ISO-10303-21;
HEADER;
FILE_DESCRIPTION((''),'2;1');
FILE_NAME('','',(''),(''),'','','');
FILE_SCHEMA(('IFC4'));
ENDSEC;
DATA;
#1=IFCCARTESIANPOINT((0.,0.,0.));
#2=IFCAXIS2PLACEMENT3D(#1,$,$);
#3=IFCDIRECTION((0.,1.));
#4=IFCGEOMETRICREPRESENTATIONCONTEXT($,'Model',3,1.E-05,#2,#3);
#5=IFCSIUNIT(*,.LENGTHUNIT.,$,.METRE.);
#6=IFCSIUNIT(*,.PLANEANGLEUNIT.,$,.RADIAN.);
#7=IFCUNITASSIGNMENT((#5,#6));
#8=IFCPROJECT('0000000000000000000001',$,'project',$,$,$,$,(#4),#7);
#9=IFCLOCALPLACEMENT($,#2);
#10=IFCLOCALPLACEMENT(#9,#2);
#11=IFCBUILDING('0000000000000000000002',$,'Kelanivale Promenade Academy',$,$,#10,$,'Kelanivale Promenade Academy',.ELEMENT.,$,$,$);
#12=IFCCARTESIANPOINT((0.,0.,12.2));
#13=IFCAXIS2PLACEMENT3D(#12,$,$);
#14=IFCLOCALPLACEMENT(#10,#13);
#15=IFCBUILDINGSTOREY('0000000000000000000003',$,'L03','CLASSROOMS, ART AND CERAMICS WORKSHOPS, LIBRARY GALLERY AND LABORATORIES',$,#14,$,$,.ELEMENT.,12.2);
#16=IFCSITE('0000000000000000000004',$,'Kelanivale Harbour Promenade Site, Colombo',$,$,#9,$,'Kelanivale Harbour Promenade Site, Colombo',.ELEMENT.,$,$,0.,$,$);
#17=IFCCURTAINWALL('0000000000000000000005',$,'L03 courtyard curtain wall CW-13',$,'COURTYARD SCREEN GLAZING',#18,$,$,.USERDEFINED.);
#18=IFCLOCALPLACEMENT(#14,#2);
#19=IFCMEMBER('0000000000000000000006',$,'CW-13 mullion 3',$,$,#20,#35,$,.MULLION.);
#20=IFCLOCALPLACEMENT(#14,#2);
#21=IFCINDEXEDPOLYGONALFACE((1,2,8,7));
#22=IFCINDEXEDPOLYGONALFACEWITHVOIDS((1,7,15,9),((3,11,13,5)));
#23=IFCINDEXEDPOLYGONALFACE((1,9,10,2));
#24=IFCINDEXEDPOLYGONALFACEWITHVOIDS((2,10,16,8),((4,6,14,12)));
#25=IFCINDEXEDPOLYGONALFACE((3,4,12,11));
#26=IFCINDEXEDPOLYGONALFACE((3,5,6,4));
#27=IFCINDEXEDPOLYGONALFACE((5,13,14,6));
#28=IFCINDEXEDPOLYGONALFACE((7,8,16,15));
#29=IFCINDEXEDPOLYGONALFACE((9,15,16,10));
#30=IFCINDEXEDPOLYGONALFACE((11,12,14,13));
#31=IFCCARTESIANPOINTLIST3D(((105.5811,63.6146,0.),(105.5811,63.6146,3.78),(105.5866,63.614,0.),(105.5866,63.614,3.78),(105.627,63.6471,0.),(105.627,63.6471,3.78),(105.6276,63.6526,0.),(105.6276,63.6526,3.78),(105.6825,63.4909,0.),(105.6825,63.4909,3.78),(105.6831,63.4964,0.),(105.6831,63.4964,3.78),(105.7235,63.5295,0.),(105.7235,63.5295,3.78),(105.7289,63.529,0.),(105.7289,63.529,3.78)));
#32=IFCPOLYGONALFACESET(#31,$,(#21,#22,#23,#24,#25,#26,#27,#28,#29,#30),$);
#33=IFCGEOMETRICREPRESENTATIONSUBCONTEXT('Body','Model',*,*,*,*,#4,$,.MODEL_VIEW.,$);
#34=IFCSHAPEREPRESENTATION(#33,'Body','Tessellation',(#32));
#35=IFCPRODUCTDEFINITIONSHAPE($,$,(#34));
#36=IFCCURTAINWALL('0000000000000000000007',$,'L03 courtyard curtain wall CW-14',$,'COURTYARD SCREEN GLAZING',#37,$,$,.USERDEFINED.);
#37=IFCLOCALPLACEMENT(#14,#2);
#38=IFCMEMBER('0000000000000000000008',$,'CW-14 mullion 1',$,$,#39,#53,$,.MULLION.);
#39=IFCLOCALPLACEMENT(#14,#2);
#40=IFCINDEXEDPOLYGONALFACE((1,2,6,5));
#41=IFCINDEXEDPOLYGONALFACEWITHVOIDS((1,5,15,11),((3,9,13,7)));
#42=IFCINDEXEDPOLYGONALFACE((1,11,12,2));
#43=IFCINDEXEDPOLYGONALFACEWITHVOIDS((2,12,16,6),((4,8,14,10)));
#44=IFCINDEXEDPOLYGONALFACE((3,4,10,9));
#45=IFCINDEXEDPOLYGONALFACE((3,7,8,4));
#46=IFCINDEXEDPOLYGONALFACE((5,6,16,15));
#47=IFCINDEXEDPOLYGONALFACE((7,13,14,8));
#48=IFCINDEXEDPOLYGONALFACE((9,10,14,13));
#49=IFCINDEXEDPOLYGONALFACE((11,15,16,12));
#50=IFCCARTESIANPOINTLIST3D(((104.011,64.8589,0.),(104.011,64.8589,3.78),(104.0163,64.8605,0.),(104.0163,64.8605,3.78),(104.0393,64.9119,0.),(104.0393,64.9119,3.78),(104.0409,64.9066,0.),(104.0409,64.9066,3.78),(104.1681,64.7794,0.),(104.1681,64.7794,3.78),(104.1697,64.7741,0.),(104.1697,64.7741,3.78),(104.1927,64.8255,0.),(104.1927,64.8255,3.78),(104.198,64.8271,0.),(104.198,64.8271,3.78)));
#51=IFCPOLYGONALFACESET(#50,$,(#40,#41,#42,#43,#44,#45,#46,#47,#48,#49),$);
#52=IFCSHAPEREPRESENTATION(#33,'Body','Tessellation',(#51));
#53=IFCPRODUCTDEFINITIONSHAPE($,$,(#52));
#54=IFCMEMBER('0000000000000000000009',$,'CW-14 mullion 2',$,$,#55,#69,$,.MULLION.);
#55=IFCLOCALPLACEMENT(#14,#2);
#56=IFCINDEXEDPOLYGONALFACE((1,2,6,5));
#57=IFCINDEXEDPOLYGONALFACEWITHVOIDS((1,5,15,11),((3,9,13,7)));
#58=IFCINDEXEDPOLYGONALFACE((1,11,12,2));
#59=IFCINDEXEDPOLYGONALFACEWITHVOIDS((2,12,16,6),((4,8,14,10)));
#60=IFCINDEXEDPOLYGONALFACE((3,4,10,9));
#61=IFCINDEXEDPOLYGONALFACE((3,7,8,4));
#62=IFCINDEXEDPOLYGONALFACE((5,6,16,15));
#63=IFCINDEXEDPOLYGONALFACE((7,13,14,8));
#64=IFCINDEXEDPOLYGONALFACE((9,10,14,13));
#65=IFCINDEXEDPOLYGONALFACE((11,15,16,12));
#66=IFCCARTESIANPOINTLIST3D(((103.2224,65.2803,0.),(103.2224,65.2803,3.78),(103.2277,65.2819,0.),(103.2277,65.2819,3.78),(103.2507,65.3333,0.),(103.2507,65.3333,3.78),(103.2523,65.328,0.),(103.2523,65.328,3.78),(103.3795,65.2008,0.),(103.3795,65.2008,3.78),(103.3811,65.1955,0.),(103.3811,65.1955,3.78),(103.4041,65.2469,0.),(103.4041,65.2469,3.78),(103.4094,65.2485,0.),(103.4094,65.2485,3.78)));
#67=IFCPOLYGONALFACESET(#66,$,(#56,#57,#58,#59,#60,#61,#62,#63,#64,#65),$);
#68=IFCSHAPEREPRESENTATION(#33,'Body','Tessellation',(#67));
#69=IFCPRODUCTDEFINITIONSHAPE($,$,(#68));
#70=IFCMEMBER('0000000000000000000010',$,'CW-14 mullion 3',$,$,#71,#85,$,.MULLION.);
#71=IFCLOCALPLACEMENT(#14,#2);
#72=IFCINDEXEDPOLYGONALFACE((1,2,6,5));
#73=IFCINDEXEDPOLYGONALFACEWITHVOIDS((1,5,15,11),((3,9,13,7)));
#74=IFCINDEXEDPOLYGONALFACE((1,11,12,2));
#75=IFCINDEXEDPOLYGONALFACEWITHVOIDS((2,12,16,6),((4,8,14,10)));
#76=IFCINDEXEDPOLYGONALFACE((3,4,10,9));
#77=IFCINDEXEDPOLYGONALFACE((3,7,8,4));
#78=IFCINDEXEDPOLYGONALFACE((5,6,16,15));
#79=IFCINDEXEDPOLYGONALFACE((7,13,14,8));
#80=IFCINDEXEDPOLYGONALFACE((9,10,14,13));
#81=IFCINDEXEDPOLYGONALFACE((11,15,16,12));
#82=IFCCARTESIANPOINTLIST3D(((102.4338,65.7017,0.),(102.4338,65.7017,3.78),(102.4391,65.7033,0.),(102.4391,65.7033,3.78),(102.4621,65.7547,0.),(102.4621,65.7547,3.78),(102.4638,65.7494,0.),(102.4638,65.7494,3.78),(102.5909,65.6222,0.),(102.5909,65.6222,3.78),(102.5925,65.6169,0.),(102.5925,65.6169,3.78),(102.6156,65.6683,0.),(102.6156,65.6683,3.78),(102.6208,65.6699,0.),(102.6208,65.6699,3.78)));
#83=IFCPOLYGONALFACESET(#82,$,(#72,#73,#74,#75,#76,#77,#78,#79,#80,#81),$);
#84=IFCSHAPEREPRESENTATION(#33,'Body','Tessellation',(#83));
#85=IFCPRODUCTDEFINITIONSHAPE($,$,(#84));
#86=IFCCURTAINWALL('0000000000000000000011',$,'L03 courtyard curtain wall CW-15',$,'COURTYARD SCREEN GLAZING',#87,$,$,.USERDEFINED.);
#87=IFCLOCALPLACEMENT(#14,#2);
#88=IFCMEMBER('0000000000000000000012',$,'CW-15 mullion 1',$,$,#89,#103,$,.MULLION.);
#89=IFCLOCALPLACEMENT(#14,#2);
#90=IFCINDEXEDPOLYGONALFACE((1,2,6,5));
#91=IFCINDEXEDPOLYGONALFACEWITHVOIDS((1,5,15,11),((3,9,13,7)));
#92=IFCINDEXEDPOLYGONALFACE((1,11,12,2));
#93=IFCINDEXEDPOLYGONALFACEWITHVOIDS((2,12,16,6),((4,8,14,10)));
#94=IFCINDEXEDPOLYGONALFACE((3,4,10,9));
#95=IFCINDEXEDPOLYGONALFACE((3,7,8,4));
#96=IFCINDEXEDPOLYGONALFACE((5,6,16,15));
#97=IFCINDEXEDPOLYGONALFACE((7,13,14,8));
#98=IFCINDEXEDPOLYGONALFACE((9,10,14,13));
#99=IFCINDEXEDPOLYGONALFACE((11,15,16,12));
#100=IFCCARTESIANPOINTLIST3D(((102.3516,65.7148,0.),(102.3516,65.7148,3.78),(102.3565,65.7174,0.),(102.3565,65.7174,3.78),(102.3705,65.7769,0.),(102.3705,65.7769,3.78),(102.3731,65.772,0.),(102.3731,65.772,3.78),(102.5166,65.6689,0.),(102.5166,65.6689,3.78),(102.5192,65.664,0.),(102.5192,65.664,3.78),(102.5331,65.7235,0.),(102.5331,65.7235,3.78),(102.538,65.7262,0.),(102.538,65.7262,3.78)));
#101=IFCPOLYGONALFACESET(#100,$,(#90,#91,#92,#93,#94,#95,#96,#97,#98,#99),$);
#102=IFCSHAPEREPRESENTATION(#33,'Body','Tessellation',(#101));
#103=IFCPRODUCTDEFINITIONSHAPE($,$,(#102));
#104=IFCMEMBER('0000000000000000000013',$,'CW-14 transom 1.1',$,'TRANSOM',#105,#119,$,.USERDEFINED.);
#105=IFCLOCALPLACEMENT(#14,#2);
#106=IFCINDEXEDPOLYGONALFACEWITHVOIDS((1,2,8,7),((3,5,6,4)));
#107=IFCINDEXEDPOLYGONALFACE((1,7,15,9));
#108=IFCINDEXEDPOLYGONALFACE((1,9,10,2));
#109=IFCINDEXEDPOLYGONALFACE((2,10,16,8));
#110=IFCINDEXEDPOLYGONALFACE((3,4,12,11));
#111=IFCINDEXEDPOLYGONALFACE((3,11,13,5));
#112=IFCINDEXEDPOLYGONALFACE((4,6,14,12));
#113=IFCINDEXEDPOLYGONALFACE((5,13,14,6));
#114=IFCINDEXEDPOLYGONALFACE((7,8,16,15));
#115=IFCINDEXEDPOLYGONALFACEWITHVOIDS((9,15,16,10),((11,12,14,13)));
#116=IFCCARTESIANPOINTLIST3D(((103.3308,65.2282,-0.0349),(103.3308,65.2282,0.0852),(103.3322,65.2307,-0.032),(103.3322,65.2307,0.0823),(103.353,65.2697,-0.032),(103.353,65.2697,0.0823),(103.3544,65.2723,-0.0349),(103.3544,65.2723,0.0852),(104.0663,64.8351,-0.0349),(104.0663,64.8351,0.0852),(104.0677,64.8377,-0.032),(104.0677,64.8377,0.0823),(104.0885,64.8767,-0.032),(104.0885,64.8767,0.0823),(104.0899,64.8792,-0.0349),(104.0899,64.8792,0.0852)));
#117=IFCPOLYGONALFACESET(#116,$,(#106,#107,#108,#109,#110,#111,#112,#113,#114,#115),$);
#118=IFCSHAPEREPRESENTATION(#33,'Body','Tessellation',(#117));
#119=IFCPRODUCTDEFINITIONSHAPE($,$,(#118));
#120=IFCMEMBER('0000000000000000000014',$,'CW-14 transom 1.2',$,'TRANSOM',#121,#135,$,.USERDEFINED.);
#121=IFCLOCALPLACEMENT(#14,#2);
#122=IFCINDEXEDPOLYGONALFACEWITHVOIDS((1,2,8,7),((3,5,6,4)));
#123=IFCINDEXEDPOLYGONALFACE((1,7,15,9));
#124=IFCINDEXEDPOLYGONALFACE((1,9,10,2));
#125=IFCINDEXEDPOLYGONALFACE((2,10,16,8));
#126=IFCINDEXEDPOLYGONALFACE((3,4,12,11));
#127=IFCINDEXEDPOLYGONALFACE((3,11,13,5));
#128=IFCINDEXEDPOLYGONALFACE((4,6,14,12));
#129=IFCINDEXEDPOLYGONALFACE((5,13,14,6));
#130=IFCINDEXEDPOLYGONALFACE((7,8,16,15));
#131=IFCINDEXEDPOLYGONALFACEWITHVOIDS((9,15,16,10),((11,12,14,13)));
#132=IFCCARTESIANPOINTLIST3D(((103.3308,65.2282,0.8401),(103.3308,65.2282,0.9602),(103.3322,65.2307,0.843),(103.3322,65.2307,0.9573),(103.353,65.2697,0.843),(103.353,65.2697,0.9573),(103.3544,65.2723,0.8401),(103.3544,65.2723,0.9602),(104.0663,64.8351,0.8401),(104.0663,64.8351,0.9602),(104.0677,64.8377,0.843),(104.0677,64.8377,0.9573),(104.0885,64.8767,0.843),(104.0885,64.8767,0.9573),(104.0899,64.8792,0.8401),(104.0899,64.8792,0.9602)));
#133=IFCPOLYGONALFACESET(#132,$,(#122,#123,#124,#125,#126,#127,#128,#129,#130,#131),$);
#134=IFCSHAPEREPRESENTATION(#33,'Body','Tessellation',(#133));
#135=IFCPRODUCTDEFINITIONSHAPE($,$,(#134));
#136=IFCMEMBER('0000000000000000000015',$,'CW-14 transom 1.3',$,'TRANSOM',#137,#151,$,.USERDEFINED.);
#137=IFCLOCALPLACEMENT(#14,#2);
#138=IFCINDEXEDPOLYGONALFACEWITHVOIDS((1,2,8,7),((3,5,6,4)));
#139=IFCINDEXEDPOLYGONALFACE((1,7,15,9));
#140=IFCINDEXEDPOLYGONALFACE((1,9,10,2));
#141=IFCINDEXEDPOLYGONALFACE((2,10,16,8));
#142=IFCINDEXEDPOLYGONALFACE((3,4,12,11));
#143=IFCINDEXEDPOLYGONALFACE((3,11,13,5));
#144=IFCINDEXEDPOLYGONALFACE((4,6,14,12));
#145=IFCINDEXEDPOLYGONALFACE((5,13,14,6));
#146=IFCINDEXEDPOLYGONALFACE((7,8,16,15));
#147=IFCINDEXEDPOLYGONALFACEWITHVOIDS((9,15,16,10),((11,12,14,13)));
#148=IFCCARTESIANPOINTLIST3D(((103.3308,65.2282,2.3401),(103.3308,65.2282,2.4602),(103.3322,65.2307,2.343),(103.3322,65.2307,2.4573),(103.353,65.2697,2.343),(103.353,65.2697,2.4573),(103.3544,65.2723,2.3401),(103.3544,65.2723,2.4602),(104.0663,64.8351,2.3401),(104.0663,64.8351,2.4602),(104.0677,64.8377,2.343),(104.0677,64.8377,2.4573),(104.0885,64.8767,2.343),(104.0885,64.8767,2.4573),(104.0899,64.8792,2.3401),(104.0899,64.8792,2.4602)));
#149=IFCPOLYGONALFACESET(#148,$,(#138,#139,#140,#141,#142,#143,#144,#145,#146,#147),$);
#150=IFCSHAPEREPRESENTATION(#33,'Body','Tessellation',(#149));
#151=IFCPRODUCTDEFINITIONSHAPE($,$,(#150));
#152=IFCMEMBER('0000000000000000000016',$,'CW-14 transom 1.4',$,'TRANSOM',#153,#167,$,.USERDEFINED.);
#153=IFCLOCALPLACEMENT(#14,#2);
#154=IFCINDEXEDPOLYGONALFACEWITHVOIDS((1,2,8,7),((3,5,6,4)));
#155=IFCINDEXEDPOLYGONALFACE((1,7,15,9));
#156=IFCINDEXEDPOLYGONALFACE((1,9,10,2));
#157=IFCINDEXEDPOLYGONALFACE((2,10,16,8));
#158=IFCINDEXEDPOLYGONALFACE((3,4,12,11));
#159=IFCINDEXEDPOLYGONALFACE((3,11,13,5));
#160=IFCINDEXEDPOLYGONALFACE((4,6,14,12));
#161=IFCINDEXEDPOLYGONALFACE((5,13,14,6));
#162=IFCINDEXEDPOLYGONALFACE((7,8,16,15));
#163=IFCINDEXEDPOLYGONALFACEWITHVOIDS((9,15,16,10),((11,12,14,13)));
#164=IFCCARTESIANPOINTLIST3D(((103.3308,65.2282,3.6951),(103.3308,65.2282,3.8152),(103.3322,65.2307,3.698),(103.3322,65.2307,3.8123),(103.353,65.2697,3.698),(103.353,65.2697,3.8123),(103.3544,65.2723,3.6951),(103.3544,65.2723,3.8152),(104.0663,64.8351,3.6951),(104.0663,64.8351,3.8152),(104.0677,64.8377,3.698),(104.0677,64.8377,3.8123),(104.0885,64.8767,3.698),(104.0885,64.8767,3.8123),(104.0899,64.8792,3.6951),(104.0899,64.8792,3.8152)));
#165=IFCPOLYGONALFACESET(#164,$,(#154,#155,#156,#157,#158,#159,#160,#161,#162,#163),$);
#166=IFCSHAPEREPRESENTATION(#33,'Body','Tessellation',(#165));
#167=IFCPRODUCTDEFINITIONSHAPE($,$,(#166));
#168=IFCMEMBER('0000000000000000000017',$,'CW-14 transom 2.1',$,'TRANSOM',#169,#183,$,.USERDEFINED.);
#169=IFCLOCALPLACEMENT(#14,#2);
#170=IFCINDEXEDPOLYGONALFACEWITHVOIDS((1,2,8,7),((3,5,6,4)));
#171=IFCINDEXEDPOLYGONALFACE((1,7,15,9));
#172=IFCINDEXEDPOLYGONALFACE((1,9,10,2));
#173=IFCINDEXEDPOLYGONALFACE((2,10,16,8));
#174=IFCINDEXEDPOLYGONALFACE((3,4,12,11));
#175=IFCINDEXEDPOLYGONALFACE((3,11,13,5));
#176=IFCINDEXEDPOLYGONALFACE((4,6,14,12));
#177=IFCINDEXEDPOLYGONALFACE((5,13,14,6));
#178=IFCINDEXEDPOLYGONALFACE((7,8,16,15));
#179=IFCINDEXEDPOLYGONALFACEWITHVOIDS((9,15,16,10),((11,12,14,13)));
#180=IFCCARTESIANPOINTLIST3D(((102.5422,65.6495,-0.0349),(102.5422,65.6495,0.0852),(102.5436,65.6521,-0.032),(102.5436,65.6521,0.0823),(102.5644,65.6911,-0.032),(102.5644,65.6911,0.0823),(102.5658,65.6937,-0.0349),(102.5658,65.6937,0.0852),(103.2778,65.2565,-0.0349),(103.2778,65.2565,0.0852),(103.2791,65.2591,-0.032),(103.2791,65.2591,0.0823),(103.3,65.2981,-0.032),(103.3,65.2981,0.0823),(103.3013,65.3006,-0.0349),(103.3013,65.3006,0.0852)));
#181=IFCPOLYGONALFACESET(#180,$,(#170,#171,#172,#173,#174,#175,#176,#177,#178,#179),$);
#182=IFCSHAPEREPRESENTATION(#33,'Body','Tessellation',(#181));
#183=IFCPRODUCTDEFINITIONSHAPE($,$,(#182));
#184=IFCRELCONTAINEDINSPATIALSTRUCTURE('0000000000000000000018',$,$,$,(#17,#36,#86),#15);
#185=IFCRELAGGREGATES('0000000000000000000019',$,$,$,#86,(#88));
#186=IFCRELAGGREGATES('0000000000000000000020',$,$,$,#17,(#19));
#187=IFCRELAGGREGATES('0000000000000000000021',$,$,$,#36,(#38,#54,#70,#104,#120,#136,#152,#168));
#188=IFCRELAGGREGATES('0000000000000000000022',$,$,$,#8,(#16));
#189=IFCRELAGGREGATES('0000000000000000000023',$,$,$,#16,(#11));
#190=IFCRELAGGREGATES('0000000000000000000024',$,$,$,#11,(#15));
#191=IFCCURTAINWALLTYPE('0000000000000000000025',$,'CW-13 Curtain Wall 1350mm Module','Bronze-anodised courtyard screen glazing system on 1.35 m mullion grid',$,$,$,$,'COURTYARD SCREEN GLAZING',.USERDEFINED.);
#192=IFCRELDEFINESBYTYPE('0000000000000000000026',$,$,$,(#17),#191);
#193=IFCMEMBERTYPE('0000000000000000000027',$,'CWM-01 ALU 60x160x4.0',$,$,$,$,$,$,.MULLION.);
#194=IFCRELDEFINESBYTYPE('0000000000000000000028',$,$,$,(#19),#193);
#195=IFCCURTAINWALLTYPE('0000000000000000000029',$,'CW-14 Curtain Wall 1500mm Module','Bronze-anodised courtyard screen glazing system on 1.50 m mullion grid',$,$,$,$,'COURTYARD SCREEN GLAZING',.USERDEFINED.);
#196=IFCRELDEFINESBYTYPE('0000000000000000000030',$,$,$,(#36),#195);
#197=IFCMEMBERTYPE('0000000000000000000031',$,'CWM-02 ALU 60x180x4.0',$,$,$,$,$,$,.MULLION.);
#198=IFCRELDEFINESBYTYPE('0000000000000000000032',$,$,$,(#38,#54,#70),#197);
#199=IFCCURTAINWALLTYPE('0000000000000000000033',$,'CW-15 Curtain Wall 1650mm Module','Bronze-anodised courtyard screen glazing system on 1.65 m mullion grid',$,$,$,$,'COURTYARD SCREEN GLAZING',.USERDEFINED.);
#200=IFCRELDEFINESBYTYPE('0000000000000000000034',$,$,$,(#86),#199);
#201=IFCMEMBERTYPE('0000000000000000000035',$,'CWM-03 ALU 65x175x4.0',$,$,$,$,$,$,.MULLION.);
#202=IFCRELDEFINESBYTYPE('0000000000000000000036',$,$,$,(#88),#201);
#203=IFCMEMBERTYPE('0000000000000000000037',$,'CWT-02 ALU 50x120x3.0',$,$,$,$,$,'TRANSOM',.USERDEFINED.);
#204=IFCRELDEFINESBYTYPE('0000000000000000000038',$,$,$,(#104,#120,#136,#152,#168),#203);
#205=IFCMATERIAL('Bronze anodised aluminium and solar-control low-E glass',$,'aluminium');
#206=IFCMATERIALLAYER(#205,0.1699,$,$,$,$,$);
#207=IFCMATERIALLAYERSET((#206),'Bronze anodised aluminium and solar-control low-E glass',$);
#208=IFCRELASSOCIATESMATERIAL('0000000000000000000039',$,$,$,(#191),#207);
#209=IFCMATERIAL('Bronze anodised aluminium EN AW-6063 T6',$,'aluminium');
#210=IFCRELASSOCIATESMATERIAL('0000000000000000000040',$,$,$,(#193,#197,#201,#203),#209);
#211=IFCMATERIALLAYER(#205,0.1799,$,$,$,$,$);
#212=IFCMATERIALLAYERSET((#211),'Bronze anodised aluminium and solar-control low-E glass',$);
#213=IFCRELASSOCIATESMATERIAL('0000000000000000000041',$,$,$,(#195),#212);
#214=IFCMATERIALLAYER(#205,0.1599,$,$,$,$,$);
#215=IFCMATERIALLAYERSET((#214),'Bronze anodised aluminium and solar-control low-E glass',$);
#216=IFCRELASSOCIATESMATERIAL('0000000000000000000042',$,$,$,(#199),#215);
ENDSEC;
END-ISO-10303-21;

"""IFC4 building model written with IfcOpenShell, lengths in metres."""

from ifc_helpers import new_model, si_unit, direction, frame, origin, origin_2d, place, context, subcontext, project, spatial, hollow_rectangle, extrude, material, layer, layer_set, material_profile, profile_set, type_object, element, aggregate, save


model = new_model("IFC4")

# Units and contexts
model_context = context("Model", 3, precision=1e-05, world=origin(), true_north=direction((0.0, 1.0)))
body_context = subcontext(model_context, "Body", "Model", "MODEL_VIEW")
ifc_project = project(units=[si_unit("LENGTHUNIT", "METRE"), si_unit("PLANEANGLEUNIT", "RADIAN")], contexts=[model_context])

# Site, building, storey
site_placement = place(None, origin())
site = spatial("IfcSite", under=ifc_project, at=site_placement, Name="Kelanivale Harbour Promenade Site, Colombo", LongName="Kelanivale Harbour Promenade Site, Colombo", CompositionType="ELEMENT", RefElevation=0.0)
building_placement = place(site_placement, origin())
building = spatial("IfcBuilding", under=site, at=building_placement, Name="Kelanivale Promenade Academy", LongName="Kelanivale Promenade Academy", CompositionType="ELEMENT")
storey_placement = place(building_placement, frame((0.0, 0.0, 12.2)))
storey = spatial("IfcBuildingStorey", under=building, at=storey_placement, Name="L03", Description="CLASSROOMS, ART AND CERAMICS WORKSHOPS, LIBRARY GALLERY AND LABORATORIES", CompositionType="ELEMENT", Elevation=12.2)

# Curtain wall, member
ifc_material_1 = material(Name="Bronze anodised aluminium and solar-control low-E glass", Category="aluminium")
ifc_layer_1 = layer(ifc_material_1, 0.1699)
ifc_layer_set_1 = layer_set([ifc_layer_1], Name="Bronze anodised aluminium and solar-control low-E glass")
curtain_wall_type_1 = type_object("IfcCurtainWallType", Name="CW-13 Curtain Wall 1350mm Module", Description="Bronze-anodised courtyard screen glazing system on 1.35 m mullion grid", ElementType="COURTYARD SCREEN GLAZING", PredefinedType="USERDEFINED", material=ifc_layer_set_1)
curtain_wall_1_placement = place(storey_placement, origin())
curtain_wall_1 = element("IfcCurtainWall", 1, at=curtain_wall_1_placement, inside=storey, type_object=curtain_wall_type_1, Name="L03 courtyard curtain wall CW-13", ObjectType="COURTYARD SCREEN GLAZING", PredefinedType="USERDEFINED")
ifc_material_2 = material(Name="Bronze anodised aluminium EN AW-6063 T6", Category="aluminium")
ifc_material_profile_1 = material_profile(ifc_material_2, hollow_rectangle(XDim=0.0601, YDim=0.1599, WallThickness=0.0039, at=origin_2d()), Name="ALU 60x160x4.0")
ifc_profile_set_1 = profile_set([ifc_material_profile_1], Name="Bronze anodised aluminium EN AW-6063 T6")
member_type_1 = type_object("IfcMemberType", Name="CWM-01 ALU 60x160x4.0", PredefinedType="MULLION", material=ifc_profile_set_1)
member_1_placement = place(storey_placement, frame((105.655, 63.5718, 0.0), z_axis=(0.0, 0.0, 1.0), x_axis=(-0.773257, -0.634093, 0.0)))
member_1 = element("IfcMember", 2, at=member_1_placement, type_object=member_type_1, Name="CW-13 mullion 3", PredefinedType="MULLION", context=body_context, shape_type="SweptSolid", body=[
    extrude(hollow_rectangle(XDim=0.0601, YDim=0.1599, WallThickness=0.0039, at=origin_2d()), origin(), (0.0, 0.0, 1.0), 3.78),
])

# Curtain wall, members
ifc_layer_2 = layer(ifc_material_1, 0.1799)
ifc_layer_set_2 = layer_set([ifc_layer_2], Name="Bronze anodised aluminium and solar-control low-E glass")
curtain_wall_type_2 = type_object("IfcCurtainWallType", Name="CW-14 Curtain Wall 1500mm Module", Description="Bronze-anodised courtyard screen glazing system on 1.50 m mullion grid", ElementType="COURTYARD SCREEN GLAZING", PredefinedType="USERDEFINED", material=ifc_layer_set_2)
curtain_wall_2_placement = place(storey_placement, origin())
curtain_wall_2 = element("IfcCurtainWall", 3, at=curtain_wall_2_placement, inside=storey, type_object=curtain_wall_type_2, Name="L03 courtyard curtain wall CW-14", ObjectType="COURTYARD SCREEN GLAZING", PredefinedType="USERDEFINED")
ifc_material_profile_2 = material_profile(ifc_material_2, hollow_rectangle(XDim=0.0601, YDim=0.1799, WallThickness=0.0039, at=origin_2d()), Name="ALU 60x180x4.0")
ifc_profile_set_2 = profile_set([ifc_material_profile_2], Name="Bronze anodised aluminium EN AW-6063 T6")
member_type_2 = type_object("IfcMemberType", Name="CWM-02 ALU 60x180x4.0", PredefinedType="MULLION", material=ifc_profile_set_2)
member_2_placement = place(storey_placement, frame((104.1045, 64.843, 0.0), z_axis=(0.0, 0.0, 1.0), x_axis=(-0.47129, -0.881978, 0.0)))
member_2 = element("IfcMember", 4, at=member_2_placement, type_object=member_type_2, Name="CW-14 mullion 1", PredefinedType="MULLION", context=body_context, shape_type="SweptSolid", body=[
    extrude(hollow_rectangle(XDim=0.0601, YDim=0.1799, WallThickness=0.0039, at=origin_2d()), origin(), (0.0, 0.0, 1.0), 3.78),
])
member_3_placement = place(storey_placement, frame((103.3159, 65.2644, 0.0), z_axis=(0.0, 0.0, 1.0), x_axis=(-0.47129, -0.881978, 0.0)))
member_3 = element("IfcMember", 5, at=member_3_placement, type_object=member_type_2, Name="CW-14 mullion 2", PredefinedType="MULLION", context=body_context, shape_type="SweptSolid", body=[
    extrude(hollow_rectangle(XDim=0.0601, YDim=0.1799, WallThickness=0.0039, at=origin_2d()), origin(), (0.0, 0.0, 1.0), 3.78),
])
member_4_placement = place(storey_placement, frame((102.5273, 65.6858, 0.0), z_axis=(0.0, 0.0, 1.0), x_axis=(-0.47129, -0.881978, 0.0)))
member_4 = element("IfcMember", 6, at=member_4_placement, type_object=member_type_2, Name="CW-14 mullion 3", PredefinedType="MULLION", context=body_context, shape_type="SweptSolid", body=[
    extrude(hollow_rectangle(XDim=0.0601, YDim=0.1799, WallThickness=0.0039, at=origin_2d()), origin(), (0.0, 0.0, 1.0), 3.78),
])

# Curtain wall, member
ifc_layer_3 = layer(ifc_material_1, 0.1599)
ifc_layer_set_3 = layer_set([ifc_layer_3], Name="Bronze anodised aluminium and solar-control low-E glass")
curtain_wall_type_3 = type_object("IfcCurtainWallType", Name="CW-15 Curtain Wall 1650mm Module", Description="Bronze-anodised courtyard screen glazing system on 1.65 m mullion grid", ElementType="COURTYARD SCREEN GLAZING", PredefinedType="USERDEFINED", material=ifc_layer_set_3)
curtain_wall_3_placement = place(storey_placement, origin())
curtain_wall_3 = element("IfcCurtainWall", 7, at=curtain_wall_3_placement, inside=storey, type_object=curtain_wall_type_3, Name="L03 courtyard curtain wall CW-15", ObjectType="COURTYARD SCREEN GLAZING", PredefinedType="USERDEFINED")
ifc_material_profile_3 = material_profile(ifc_material_2, hollow_rectangle(XDim=0.0649, YDim=0.175, WallThickness=0.0039, at=origin_2d()), Name="ALU 65x175x4.0")
ifc_profile_set_3 = profile_set([ifc_material_profile_3], Name="Bronze anodised aluminium EN AW-6063 T6")
member_type_3 = type_object("IfcMemberType", Name="CWM-03 ALU 65x175x4.0", PredefinedType="MULLION", material=ifc_profile_set_3)
member_5_placement = place(storey_placement, frame((102.4448, 65.7205, 0.0), z_axis=(0.0, 0.0, 1.0), x_axis=(-0.290007, -0.957024, 0.0)))
member_5 = element("IfcMember", 8, at=member_5_placement, type_object=member_type_3, Name="CW-15 mullion 1", PredefinedType="MULLION", context=body_context, shape_type="SweptSolid", body=[
    extrude(hollow_rectangle(XDim=0.0649, YDim=0.175, WallThickness=0.0039, at=origin_2d()), origin(), (0.0, 0.0, 1.0), 3.78),
])

# Members
ifc_material_profile_4 = material_profile(ifc_material_2, hollow_rectangle(XDim=0.05, YDim=0.1201, WallThickness=0.0029, at=origin_2d()), Name="ALU 50x120x3.0")
ifc_profile_set_4 = profile_set([ifc_material_profile_4], Name="Bronze anodised aluminium EN AW-6063 T6")
member_type_4 = type_object("IfcMemberType", Name="CWT-02 ALU 50x120x3.0", ElementType="TRANSOM", PredefinedType="USERDEFINED", material=ifc_profile_set_4)
member_6_placement = place(storey_placement, frame((104.0781, 64.8572, 0.0251), z_axis=(-0.88198, 0.471287, 0.0), x_axis=(-0.471287, -0.88198, 0.0)))
member_6 = element("IfcMember", 9, at=member_6_placement, type_object=member_type_4, Name="CW-14 transom 1.1", ObjectType="TRANSOM", PredefinedType="USERDEFINED", context=body_context, shape_type="SweptSolid", body=[
    extrude(hollow_rectangle(XDim=0.05, YDim=0.1201, WallThickness=0.0029, at=origin_2d()), origin(), (0.0, 0.0, 1.0), 0.834),
])
member_7_placement = place(storey_placement, frame((104.0781, 64.8572, 0.9001), z_axis=(-0.88198, 0.471287, 0.0), x_axis=(-0.471287, -0.88198, 0.0)))
member_7 = element("IfcMember", 10, at=member_7_placement, type_object=member_type_4, Name="CW-14 transom 1.2", ObjectType="TRANSOM", PredefinedType="USERDEFINED", context=body_context, shape_type="SweptSolid", body=[
    extrude(hollow_rectangle(XDim=0.05, YDim=0.1201, WallThickness=0.0029, at=origin_2d()), origin(), (0.0, 0.0, 1.0), 0.834),
])
member_8_placement = place(storey_placement, frame((104.0781, 64.8572, 2.4001), z_axis=(-0.88198, 0.471287, 0.0), x_axis=(-0.471287, -0.88198, 0.0)))
member_8 = element("IfcMember", 11, at=member_8_placement, type_object=member_type_4, Name="CW-14 transom 1.3", ObjectType="TRANSOM", PredefinedType="USERDEFINED", context=body_context, shape_type="SweptSolid", body=[
    extrude(hollow_rectangle(XDim=0.05, YDim=0.1201, WallThickness=0.0029, at=origin_2d()), origin(), (0.0, 0.0, 1.0), 0.834),
])
member_9_placement = place(storey_placement, frame((104.0781, 64.8572, 3.7551), z_axis=(-0.88198, 0.471287, 0.0), x_axis=(-0.471287, -0.88198, 0.0)))
member_9 = element("IfcMember", 12, at=member_9_placement, type_object=member_type_4, Name="CW-14 transom 1.4", ObjectType="TRANSOM", PredefinedType="USERDEFINED", context=body_context, shape_type="SweptSolid", body=[
    extrude(hollow_rectangle(XDim=0.05, YDim=0.1201, WallThickness=0.0029, at=origin_2d()), origin(), (0.0, 0.0, 1.0), 0.834),
])
member_10_placement = place(storey_placement, frame((103.2896, 65.2786, 0.0251), z_axis=(-0.88198, 0.471287, 0.0), x_axis=(-0.471287, -0.88198, 0.0)))
member_10 = element("IfcMember", 13, at=member_10_placement, type_object=member_type_4, Name="CW-14 transom 2.1", ObjectType="TRANSOM", PredefinedType="USERDEFINED", context=body_context, shape_type="SweptSolid", body=[
    extrude(hollow_rectangle(XDim=0.05, YDim=0.1201, WallThickness=0.0029, at=origin_2d()), origin(), (0.0, 0.0, 1.0), 0.834),
])
aggregate(curtain_wall_3, [member_5])

aggregate(curtain_wall_1, [member_1])
aggregate(curtain_wall_2, [member_2, member_3, member_4, member_6, member_7, member_8, member_9, member_10])

save(model, "model.ifc")
